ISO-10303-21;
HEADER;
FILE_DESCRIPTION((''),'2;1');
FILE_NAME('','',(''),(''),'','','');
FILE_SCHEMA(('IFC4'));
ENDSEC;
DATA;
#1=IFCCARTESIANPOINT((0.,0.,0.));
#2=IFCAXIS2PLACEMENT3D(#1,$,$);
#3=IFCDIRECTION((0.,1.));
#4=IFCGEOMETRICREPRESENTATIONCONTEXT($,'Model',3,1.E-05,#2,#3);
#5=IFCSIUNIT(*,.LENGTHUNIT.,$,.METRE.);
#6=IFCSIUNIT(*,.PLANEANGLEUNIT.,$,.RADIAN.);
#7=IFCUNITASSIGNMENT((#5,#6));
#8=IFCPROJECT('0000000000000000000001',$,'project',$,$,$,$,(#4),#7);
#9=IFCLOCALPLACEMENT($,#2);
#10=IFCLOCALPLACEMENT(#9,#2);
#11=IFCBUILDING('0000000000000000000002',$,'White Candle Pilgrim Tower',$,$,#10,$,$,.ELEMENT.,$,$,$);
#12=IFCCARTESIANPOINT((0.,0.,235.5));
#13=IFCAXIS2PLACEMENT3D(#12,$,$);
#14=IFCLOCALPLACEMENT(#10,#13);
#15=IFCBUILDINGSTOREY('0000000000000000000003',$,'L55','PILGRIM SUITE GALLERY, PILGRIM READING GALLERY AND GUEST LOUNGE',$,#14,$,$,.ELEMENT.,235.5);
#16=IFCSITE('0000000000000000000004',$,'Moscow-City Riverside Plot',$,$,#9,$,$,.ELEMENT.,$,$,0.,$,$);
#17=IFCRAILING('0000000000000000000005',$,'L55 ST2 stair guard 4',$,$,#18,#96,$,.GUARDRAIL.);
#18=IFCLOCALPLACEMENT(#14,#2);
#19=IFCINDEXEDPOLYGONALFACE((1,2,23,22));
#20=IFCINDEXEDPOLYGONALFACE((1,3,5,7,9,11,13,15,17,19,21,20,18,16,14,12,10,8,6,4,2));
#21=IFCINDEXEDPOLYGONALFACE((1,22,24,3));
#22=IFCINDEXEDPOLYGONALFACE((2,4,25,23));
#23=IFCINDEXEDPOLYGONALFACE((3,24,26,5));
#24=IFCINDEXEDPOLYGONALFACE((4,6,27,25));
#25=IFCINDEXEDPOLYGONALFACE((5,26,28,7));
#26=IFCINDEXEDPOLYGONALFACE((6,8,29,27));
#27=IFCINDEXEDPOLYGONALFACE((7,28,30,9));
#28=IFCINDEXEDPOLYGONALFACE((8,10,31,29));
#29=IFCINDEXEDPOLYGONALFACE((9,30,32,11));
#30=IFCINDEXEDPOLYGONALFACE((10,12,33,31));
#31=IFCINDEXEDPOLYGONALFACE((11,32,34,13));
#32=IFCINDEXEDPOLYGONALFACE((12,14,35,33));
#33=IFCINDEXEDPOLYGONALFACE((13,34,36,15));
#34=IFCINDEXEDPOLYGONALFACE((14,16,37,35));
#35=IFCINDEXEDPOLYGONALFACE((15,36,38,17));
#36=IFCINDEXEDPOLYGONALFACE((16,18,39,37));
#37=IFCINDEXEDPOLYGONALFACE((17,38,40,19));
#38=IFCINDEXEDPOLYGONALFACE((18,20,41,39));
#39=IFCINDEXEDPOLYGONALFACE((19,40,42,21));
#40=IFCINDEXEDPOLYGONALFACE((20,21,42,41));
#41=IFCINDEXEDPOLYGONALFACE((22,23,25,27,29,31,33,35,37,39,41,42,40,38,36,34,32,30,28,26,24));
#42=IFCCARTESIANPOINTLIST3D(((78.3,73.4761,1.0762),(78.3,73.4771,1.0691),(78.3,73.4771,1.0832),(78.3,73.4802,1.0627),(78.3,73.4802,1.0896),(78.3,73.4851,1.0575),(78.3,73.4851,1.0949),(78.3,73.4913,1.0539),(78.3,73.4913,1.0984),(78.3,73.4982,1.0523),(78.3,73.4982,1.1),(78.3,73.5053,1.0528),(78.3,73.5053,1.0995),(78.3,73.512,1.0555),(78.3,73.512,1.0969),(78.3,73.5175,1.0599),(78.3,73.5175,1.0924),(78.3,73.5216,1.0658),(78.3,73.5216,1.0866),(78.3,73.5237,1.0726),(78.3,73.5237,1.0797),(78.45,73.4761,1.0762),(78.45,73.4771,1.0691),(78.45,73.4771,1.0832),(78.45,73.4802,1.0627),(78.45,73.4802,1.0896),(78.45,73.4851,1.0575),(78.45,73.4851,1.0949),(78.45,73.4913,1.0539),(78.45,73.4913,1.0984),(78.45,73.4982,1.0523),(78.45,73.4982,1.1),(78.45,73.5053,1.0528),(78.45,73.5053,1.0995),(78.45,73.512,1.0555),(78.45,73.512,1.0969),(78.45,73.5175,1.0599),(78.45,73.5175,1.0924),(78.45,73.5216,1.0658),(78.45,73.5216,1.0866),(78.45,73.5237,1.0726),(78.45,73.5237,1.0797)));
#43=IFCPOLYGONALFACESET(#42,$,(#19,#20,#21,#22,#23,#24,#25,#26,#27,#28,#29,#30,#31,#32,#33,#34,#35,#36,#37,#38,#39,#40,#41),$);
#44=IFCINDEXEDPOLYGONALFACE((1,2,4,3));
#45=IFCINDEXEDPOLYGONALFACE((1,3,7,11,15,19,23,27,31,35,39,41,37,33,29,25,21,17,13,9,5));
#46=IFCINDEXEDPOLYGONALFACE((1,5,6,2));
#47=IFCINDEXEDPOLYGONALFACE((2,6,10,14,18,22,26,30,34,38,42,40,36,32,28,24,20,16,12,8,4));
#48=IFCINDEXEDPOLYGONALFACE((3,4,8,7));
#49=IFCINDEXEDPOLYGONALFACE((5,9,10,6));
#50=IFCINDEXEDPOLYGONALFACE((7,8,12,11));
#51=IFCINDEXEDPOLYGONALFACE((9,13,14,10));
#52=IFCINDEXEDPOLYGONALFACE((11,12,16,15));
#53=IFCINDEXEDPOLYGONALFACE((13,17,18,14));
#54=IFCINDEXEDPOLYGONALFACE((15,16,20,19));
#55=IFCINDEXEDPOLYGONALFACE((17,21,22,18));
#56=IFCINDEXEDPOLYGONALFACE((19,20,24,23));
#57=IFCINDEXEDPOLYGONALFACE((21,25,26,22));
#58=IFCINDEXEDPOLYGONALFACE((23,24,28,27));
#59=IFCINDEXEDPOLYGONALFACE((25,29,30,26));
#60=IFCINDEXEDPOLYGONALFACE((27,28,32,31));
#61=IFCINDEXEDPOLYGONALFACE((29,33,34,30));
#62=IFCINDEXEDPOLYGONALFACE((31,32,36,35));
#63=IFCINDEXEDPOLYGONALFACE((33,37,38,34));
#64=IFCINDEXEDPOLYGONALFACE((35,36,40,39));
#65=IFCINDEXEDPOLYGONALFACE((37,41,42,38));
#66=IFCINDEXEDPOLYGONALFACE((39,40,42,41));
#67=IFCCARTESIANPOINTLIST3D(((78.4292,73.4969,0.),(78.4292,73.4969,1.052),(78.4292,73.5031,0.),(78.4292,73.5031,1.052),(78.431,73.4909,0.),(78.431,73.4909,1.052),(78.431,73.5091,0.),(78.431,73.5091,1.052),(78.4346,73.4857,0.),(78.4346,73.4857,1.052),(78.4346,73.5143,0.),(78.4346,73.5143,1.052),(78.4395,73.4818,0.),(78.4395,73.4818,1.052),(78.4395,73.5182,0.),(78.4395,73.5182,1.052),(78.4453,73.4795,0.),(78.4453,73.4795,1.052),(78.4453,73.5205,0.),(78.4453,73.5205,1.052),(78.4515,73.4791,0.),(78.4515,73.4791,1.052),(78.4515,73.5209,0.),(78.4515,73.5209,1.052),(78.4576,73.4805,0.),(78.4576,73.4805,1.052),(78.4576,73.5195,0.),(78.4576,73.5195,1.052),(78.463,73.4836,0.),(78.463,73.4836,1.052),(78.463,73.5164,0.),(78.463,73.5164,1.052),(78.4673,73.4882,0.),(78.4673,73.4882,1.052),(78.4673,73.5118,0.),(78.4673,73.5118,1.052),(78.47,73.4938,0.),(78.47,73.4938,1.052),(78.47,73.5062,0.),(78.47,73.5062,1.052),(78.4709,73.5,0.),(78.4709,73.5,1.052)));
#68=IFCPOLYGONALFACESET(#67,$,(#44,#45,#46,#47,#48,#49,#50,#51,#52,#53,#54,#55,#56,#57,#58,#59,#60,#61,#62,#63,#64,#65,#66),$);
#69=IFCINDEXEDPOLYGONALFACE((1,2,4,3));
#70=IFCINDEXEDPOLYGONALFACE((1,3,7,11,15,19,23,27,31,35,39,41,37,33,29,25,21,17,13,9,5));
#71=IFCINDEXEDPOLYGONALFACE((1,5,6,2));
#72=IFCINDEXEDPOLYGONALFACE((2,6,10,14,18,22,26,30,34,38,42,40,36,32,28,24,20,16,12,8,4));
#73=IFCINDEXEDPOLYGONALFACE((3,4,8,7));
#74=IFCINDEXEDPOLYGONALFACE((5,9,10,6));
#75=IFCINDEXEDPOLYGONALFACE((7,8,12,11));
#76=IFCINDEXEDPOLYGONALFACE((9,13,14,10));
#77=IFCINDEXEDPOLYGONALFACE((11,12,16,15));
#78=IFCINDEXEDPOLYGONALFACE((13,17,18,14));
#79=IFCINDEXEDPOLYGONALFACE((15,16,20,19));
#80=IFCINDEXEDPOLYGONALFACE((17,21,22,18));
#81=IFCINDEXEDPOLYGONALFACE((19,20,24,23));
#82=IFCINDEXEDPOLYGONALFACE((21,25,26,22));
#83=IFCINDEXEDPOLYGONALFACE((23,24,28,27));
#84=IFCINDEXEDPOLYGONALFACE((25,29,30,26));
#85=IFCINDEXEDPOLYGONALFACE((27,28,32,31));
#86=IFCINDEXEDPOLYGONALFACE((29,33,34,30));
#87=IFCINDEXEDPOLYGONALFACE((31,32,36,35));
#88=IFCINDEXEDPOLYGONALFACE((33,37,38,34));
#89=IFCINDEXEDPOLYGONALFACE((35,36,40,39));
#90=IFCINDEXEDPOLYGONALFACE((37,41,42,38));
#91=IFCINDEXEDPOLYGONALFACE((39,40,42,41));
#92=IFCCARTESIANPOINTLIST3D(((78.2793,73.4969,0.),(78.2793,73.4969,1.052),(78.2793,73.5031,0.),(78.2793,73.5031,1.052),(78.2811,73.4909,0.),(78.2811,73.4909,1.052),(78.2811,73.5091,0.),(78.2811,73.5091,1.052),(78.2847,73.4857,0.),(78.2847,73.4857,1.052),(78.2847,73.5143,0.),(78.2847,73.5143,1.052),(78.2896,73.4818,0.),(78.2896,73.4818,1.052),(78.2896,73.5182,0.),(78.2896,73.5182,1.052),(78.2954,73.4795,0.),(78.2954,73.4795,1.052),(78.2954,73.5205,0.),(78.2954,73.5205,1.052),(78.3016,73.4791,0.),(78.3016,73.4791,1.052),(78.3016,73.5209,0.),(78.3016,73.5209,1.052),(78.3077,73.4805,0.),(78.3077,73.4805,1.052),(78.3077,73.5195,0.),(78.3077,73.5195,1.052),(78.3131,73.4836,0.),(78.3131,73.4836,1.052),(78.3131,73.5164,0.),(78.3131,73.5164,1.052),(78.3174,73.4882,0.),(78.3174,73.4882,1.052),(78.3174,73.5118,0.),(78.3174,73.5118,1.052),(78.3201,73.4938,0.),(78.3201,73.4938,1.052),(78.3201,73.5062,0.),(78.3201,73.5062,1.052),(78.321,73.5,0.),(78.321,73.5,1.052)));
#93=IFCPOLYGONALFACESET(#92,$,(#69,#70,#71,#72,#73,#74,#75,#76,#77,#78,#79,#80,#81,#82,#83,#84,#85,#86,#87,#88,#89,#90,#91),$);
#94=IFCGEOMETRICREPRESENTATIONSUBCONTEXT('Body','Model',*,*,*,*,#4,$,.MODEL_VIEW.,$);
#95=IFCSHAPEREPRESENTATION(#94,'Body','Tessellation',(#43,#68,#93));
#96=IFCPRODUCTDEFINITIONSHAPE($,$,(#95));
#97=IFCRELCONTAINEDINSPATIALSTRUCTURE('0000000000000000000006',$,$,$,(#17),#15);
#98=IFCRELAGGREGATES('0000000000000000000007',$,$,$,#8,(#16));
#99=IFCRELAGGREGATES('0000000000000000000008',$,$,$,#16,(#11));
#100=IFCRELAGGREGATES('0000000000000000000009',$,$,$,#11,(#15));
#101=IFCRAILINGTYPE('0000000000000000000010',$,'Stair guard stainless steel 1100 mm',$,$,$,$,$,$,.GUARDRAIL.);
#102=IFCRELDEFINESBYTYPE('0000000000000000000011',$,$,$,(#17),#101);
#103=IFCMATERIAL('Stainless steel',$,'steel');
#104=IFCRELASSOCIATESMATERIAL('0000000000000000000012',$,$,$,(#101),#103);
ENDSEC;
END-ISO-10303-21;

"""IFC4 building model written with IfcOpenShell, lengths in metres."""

from ifc_helpers import new_model, si_unit, direction, frame, origin, origin_2d, place, context, subcontext, project, spatial, circle, extrude, material, type_object, element, save


model = new_model("IFC4")

# Units and contexts
model_context = context("Model", 3, precision=1e-05, world=origin(), true_north=direction((0.0, 1.0)))
body_context = subcontext(model_context, "Body", "Model", "MODEL_VIEW")
ifc_project = project(units=[si_unit("LENGTHUNIT", "METRE"), si_unit("PLANEANGLEUNIT", "RADIAN")], contexts=[model_context])

# Site, building, storey
site_placement = place(None, origin())
site = spatial("IfcSite", under=ifc_project, at=site_placement, Name="Moscow-City Riverside Plot", CompositionType="ELEMENT", RefElevation=0.0)
building_placement = place(site_placement, origin())
building = spatial("IfcBuilding", under=site, at=building_placement, Name="White Candle Pilgrim Tower", CompositionType="ELEMENT")
storey_placement = place(building_placement, frame((0.0, 0.0, 235.5)))
storey = spatial("IfcBuildingStorey", under=building, at=storey_placement, Name="L55", Description="PILGRIM SUITE GALLERY, PILGRIM READING GALLERY AND GUEST LOUNGE", CompositionType="ELEMENT", Elevation=235.5)

# Railing
ifc_material_1 = material(Name="Stainless steel", Category="steel")
railing_type_1 = type_object("IfcRailingType", Name="Stair guard stainless steel 1100 mm", PredefinedType="GUARDRAIL", material=ifc_material_1)
railing_1_placement = place(storey_placement, frame((78.45, 73.5, 0.0)))
element("IfcRailing", 1, at=railing_1_placement, inside=storey, type_object=railing_type_1, Name="L55 ST2 stair guard 4", PredefinedType="GUARDRAIL", context=body_context, shape_type="SweptSolid", body=[
    extrude(circle(Radius=0.0239, at=origin_2d()), frame((0.0, 0.0, 1.0762), z_axis=(-1.0, 0.0, 0.0), x_axis=(0.0, -1.0, 0.0)), (0.0, 0.0, 1.0), 0.1499),
    extrude(circle(Radius=0.021, at=origin_2d()), origin(), (0.0, 0.0, 1.0), 1.052),
    extrude(circle(Radius=0.021, at=origin_2d()), frame((-0.1499, 0.0, 0.0)), (0.0, 0.0, 1.0), 1.052),
])

save(model, "model.ifc")
